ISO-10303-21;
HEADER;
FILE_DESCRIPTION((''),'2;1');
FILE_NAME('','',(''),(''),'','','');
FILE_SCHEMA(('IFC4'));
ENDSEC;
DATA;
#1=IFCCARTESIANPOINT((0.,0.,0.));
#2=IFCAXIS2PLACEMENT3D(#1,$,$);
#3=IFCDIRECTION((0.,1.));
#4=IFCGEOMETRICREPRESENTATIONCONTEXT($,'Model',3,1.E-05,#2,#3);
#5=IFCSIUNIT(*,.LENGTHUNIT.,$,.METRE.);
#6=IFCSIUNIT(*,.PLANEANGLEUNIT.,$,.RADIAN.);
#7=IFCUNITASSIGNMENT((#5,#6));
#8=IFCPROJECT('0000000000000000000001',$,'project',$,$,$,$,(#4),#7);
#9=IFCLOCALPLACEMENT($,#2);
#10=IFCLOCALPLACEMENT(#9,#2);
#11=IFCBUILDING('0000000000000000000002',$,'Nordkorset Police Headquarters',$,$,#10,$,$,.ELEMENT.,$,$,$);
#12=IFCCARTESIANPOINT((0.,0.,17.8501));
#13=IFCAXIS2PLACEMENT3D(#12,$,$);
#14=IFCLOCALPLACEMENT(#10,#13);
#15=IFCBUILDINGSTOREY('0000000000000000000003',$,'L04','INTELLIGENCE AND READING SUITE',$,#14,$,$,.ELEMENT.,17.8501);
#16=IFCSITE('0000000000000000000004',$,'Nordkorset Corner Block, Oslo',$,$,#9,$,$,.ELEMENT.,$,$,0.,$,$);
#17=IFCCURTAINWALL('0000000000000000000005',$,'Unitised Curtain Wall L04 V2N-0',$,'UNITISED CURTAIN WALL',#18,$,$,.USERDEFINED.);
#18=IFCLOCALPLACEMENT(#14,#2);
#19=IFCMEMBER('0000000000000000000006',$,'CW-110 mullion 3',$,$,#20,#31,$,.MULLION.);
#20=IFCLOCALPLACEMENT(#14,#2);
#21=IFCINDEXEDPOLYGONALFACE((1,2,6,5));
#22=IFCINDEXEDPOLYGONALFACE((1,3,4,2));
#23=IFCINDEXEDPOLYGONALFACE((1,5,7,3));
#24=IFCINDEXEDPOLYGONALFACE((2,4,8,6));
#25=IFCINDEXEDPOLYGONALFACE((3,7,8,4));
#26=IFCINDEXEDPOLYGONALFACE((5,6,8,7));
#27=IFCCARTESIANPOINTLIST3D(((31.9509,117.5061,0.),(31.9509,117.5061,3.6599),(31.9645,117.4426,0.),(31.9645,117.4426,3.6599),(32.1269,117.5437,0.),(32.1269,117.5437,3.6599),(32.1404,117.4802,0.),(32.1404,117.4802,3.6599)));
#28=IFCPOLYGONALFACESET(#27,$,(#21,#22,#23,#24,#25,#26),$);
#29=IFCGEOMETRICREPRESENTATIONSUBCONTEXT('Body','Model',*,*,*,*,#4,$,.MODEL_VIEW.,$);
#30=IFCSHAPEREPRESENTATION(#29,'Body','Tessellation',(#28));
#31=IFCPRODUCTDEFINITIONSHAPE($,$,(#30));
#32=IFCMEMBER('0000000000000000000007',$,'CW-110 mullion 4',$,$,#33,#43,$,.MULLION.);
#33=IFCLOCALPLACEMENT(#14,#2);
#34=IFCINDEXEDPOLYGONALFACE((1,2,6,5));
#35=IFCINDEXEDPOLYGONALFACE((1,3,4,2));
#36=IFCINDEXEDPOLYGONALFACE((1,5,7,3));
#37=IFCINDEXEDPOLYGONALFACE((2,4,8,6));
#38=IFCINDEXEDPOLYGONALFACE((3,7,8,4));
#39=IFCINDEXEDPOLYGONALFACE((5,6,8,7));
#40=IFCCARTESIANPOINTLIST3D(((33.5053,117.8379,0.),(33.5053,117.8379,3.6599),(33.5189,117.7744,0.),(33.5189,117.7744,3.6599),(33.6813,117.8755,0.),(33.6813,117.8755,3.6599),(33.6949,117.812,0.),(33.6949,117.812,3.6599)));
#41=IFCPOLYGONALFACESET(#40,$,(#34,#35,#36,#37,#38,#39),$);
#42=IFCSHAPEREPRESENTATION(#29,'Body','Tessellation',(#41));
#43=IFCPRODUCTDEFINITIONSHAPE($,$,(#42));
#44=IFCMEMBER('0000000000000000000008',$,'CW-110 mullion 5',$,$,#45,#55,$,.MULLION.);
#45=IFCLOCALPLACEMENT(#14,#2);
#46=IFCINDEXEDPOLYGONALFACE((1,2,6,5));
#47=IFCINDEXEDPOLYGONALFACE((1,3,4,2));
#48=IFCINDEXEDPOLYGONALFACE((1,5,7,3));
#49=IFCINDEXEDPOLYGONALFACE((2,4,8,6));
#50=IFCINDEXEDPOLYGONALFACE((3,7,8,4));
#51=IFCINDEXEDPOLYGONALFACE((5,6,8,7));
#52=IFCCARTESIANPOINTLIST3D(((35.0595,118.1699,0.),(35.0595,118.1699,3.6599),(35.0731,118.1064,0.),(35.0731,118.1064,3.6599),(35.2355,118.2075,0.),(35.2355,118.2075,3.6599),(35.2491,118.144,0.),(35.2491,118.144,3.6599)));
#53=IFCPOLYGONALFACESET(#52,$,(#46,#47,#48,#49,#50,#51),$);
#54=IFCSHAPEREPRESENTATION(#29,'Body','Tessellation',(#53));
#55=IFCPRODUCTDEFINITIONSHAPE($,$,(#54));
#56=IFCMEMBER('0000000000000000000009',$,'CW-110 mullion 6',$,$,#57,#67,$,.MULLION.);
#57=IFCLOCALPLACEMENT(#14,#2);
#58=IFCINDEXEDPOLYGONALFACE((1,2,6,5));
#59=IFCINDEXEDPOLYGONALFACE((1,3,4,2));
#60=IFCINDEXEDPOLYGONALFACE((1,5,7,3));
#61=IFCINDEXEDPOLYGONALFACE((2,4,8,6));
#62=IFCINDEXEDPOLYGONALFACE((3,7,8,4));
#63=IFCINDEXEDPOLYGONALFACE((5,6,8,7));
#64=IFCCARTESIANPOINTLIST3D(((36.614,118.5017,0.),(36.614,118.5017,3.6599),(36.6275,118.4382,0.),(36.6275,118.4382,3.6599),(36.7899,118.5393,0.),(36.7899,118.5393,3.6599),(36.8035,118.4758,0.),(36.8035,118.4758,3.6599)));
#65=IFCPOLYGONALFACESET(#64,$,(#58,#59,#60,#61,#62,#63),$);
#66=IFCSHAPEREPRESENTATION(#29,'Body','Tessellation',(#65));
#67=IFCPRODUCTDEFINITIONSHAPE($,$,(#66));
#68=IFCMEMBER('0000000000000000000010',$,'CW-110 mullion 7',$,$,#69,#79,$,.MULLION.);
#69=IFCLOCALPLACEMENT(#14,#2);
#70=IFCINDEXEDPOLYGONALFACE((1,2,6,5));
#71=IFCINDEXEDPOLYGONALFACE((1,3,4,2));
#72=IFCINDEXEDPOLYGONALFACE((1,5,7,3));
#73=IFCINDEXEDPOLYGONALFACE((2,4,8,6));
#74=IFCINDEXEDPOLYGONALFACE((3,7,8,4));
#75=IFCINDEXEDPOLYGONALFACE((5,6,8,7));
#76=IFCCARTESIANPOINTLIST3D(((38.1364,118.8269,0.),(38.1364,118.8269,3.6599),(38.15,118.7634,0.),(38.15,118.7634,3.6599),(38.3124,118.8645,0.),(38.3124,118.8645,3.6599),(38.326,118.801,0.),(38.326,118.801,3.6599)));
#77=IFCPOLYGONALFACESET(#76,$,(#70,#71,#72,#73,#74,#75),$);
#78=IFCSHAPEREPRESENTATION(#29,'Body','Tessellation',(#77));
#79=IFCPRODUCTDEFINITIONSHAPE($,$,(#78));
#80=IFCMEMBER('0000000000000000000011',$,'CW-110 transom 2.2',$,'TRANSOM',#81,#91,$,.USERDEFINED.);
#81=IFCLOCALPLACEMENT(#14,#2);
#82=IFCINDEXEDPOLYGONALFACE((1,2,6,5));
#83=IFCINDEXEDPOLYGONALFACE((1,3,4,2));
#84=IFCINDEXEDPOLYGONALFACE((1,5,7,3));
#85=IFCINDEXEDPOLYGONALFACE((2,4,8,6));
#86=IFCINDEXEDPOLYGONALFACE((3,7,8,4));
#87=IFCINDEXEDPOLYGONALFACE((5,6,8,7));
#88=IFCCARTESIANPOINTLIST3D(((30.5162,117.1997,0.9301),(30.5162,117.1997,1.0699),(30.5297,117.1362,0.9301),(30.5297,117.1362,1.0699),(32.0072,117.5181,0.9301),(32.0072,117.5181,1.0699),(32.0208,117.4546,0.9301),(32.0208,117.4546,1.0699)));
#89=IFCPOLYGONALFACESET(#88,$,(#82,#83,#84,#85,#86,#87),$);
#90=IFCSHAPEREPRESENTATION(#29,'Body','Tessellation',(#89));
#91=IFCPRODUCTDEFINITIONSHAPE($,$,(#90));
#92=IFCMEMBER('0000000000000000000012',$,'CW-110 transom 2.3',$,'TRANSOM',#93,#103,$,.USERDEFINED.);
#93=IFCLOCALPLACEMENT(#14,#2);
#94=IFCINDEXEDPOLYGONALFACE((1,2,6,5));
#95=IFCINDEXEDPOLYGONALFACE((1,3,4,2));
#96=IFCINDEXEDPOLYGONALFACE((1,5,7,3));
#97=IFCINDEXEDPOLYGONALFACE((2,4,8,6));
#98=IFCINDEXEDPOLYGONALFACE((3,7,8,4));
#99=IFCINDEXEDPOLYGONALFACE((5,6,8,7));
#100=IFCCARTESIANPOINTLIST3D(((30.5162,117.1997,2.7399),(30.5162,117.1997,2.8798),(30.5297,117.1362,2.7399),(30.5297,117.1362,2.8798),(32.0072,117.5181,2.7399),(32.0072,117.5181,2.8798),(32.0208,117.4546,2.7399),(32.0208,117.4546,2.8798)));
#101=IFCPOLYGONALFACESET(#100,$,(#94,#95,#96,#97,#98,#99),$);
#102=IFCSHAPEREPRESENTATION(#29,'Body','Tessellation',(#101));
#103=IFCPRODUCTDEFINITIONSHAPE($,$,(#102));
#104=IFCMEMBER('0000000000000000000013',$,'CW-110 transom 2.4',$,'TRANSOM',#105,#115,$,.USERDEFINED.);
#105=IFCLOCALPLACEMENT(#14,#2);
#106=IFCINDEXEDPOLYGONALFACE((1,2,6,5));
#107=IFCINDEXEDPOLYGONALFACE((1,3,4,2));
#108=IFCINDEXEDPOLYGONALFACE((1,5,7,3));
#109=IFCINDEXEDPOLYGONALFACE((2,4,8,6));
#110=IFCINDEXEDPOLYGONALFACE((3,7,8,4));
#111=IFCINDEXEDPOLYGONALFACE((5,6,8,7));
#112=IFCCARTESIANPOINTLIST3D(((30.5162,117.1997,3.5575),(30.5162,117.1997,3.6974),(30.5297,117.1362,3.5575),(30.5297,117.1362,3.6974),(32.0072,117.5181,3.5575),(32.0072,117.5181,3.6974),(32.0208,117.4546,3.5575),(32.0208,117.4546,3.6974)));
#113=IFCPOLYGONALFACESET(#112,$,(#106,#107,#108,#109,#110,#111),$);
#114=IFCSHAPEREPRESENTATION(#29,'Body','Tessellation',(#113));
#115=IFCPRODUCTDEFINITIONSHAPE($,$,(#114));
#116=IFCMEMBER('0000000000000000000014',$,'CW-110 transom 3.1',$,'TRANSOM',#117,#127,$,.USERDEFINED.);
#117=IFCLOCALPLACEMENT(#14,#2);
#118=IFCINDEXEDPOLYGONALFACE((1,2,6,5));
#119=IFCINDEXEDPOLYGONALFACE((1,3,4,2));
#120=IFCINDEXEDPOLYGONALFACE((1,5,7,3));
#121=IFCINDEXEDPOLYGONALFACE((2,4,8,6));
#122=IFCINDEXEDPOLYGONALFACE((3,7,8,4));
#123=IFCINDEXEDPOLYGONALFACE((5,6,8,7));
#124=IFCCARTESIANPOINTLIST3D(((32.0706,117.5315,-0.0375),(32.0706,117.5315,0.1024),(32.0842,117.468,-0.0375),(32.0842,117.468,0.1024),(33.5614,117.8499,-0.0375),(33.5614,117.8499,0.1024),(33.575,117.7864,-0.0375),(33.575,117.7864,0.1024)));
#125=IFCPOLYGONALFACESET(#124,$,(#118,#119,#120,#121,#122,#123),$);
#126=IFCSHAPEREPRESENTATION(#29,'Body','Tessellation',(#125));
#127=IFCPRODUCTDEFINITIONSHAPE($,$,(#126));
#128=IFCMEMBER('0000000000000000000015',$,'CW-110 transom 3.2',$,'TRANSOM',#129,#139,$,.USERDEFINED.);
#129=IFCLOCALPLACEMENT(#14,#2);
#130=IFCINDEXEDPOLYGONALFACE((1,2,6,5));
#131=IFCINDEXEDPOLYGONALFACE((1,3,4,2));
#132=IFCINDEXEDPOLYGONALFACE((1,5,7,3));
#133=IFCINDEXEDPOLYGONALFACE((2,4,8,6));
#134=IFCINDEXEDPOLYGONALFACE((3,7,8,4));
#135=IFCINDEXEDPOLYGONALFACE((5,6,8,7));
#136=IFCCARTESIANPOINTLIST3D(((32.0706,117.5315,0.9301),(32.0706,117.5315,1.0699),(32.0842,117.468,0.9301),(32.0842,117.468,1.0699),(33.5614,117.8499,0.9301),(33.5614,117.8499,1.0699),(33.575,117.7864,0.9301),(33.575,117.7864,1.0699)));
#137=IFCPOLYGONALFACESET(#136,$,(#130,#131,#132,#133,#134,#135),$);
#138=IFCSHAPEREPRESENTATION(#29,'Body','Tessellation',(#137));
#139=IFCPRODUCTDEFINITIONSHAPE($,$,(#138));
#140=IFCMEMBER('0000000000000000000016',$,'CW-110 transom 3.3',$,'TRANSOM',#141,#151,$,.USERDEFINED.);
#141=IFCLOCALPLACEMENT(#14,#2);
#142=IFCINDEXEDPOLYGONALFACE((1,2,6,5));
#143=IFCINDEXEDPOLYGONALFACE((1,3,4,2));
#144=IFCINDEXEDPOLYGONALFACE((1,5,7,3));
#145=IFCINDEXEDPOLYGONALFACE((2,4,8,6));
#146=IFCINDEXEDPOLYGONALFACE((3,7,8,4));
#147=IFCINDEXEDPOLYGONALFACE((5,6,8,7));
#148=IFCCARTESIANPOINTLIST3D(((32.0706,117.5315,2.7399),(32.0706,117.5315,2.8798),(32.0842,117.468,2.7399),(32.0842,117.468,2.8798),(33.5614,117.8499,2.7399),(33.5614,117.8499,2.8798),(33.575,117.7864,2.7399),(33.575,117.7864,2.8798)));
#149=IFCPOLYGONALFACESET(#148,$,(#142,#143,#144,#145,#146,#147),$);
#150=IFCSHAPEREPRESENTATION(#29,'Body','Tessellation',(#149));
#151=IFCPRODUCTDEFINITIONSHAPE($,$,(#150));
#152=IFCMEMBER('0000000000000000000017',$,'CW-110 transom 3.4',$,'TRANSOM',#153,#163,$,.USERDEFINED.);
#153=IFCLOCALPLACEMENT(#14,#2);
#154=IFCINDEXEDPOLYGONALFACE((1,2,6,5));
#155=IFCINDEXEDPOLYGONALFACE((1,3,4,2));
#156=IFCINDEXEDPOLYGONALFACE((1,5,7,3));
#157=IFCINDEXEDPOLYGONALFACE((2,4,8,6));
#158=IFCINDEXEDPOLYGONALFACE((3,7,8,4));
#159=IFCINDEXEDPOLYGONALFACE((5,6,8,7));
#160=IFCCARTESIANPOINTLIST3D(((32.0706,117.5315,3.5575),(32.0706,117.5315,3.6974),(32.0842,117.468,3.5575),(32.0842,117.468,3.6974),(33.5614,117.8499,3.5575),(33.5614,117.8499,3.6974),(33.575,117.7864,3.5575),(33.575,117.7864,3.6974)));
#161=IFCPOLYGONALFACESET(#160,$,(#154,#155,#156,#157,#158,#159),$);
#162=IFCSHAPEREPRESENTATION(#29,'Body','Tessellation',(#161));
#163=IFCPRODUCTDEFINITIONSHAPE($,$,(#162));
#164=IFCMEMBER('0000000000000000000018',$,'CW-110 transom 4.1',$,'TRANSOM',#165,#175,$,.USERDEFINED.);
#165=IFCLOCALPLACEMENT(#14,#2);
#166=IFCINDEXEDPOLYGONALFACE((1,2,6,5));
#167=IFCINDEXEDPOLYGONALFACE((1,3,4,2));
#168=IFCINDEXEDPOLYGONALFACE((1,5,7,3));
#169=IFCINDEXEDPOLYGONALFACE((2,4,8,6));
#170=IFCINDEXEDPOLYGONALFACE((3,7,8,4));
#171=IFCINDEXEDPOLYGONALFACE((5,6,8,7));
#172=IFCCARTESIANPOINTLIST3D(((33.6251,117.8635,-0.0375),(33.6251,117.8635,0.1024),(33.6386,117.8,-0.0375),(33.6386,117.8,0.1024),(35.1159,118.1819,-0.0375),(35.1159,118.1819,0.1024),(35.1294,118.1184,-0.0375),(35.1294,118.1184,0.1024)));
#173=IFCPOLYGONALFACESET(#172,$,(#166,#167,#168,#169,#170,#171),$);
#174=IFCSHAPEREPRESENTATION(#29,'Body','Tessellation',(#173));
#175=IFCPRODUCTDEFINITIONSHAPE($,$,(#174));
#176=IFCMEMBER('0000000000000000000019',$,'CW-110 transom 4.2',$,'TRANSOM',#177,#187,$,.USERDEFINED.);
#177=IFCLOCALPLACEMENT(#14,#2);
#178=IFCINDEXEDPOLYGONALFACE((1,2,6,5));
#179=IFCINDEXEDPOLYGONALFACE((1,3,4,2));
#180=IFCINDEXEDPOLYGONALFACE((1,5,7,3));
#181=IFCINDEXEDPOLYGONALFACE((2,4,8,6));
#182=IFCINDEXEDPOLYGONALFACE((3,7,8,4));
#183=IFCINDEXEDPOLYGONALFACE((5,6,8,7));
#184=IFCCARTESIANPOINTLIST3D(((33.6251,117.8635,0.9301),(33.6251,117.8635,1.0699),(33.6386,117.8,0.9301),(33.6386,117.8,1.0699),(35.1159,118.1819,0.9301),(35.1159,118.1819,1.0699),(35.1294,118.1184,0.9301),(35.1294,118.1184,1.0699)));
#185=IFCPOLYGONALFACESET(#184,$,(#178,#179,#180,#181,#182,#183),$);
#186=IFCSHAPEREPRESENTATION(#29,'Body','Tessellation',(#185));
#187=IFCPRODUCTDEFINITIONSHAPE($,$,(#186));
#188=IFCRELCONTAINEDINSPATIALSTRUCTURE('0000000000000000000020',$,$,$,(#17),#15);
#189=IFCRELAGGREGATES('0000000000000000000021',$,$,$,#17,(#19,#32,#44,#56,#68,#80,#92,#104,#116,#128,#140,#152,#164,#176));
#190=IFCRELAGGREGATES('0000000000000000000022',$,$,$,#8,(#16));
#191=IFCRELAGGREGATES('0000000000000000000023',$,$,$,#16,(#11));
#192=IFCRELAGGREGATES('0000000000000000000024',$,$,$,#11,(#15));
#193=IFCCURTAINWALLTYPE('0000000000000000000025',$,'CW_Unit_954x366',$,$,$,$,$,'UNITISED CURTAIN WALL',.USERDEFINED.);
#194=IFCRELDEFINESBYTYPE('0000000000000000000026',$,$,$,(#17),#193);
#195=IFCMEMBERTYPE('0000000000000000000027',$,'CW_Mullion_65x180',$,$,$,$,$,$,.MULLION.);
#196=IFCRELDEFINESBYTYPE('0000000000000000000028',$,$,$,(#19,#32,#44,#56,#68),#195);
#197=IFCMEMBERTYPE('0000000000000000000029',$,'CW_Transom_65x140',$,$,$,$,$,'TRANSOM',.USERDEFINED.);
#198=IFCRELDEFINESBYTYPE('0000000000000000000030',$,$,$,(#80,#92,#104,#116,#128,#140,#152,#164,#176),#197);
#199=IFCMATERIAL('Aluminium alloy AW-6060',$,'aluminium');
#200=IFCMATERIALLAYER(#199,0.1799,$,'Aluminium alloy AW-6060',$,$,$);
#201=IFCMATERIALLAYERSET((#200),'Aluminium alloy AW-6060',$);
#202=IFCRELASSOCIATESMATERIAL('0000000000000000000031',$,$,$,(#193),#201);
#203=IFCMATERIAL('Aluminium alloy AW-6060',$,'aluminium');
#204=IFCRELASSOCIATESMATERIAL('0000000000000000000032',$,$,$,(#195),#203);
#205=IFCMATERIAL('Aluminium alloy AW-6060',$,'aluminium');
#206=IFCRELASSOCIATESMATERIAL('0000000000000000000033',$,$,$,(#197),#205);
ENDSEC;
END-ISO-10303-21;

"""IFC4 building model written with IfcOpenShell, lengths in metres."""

from ifc_helpers import new_model, si_unit, direction, frame, origin, origin_2d, place, context, subcontext, project, spatial, rectangle, extrude, material, layer, layer_set, material_profile, profile_set, type_object, element, aggregate, save


model = new_model("IFC4")

# Units and contexts
model_context = context("Model", 3, precision=1e-05, world=origin(), true_north=direction((0.0, 1.0)))
body_context = subcontext(model_context, "Body", "Model", "MODEL_VIEW")
ifc_project = project(units=[si_unit("LENGTHUNIT", "METRE"), si_unit("PLANEANGLEUNIT", "RADIAN")], contexts=[model_context])

# Site, building, storey
site_placement = place(None, origin())
site = spatial("IfcSite", under=ifc_project, at=site_placement, Name="Nordkorset Corner Block, Oslo", CompositionType="ELEMENT", RefElevation=0.0)
building_placement = place(site_placement, origin())
building = spatial("IfcBuilding", under=site, at=building_placement, Name="Nordkorset Police Headquarters", CompositionType="ELEMENT")
storey_placement = place(building_placement, frame((0.0, 0.0, 17.8501)))
storey = spatial("IfcBuildingStorey", under=building, at=storey_placement, Name="L04", Description="INTELLIGENCE AND READING SUITE", CompositionType="ELEMENT", Elevation=17.8501)

# Curtain wall, members
ifc_material_1 = material(Name="Aluminium alloy AW-6060", Category="aluminium")
ifc_layer_1 = layer(ifc_material_1, 0.1799, Name="Aluminium alloy AW-6060")
ifc_layer_set_1 = layer_set([ifc_layer_1], Name="Aluminium alloy AW-6060")
curtain_wall_type = type_object("IfcCurtainWallType", Name="CW_Unit_954x366", ElementType="UNITISED CURTAIN WALL", PredefinedType="USERDEFINED", material=ifc_layer_set_1)
curtain_wall_placement = place(storey_placement, origin())
curtain_wall = element("IfcCurtainWall", 1, at=curtain_wall_placement, inside=storey, type_object=curtain_wall_type, Name="Unitised Curtain Wall L04 V2N-0", ObjectType="UNITISED CURTAIN WALL", PredefinedType="USERDEFINED")
ifc_material_2 = material(Name="Aluminium alloy AW-6060", Category="aluminium")
ifc_material_profile_1 = material_profile(ifc_material_2, rectangle(XDim=0.0649, YDim=0.1799, at=origin_2d()), Name="ALU MULL 65x180")
ifc_profile_set_1 = profile_set([ifc_material_profile_1], Name="Aluminium alloy AW-6060")
member_type_1 = type_object("IfcMemberType", Name="CW_Mullion_65x180", PredefinedType="MULLION", material=ifc_profile_set_1)
member_1_placement = place(storey_placement, frame((32.0457, 117.4932, 0.0), z_axis=(0.0, 0.0, 1.0), x_axis=(-0.208833, 0.977951, 0.0)))
member_1 = element("IfcMember", 2, at=member_1_placement, type_object=member_type_1, Name="CW-110 mullion 3", PredefinedType="MULLION", context=body_context, shape_type="SweptSolid", body=[
    extrude(rectangle(XDim=0.0649, YDim=0.1799, at=origin_2d()), origin(), (0.0, 0.0, 1.0), 3.6599),
])
member_2_placement = place(storey_placement, frame((33.6001, 117.825, 0.0), z_axis=(0.0, 0.0, 1.0), x_axis=(-0.208833, 0.977951, 0.0)))
member_2 = element("IfcMember", 3, at=member_2_placement, type_object=member_type_1, Name="CW-110 mullion 4", PredefinedType="MULLION", context=body_context, shape_type="SweptSolid", body=[
    extrude(rectangle(XDim=0.0649, YDim=0.1799, at=origin_2d()), origin(), (0.0, 0.0, 1.0), 3.6599),
])
member_3_placement = place(storey_placement, frame((35.1543, 118.157, 0.0), z_axis=(0.0, 0.0, 1.0), x_axis=(-0.208833, 0.977951, 0.0)))
member_3 = element("IfcMember", 4, at=member_3_placement, type_object=member_type_1, Name="CW-110 mullion 5", PredefinedType="MULLION", context=body_context, shape_type="SweptSolid", body=[
    extrude(rectangle(XDim=0.0649, YDim=0.1799, at=origin_2d()), origin(), (0.0, 0.0, 1.0), 3.6599),
])
member_4_placement = place(storey_placement, frame((36.7087, 118.4888, 0.0), z_axis=(0.0, 0.0, 1.0), x_axis=(-0.208833, 0.977951, 0.0)))
member_4 = element("IfcMember", 5, at=member_4_placement, type_object=member_type_1, Name="CW-110 mullion 6", PredefinedType="MULLION", context=body_context, shape_type="SweptSolid", body=[
    extrude(rectangle(XDim=0.0649, YDim=0.1799, at=origin_2d()), origin(), (0.0, 0.0, 1.0), 3.6599),
])
member_5_placement = place(storey_placement, frame((38.2312, 118.814, 0.0), z_axis=(0.0, 0.0, 1.0), x_axis=(-0.208833, 0.977951, 0.0)))
member_5 = element("IfcMember", 6, at=member_5_placement, type_object=member_type_1, Name="CW-110 mullion 7", PredefinedType="MULLION", context=body_context, shape_type="SweptSolid", body=[
    extrude(rectangle(XDim=0.0649, YDim=0.1799, at=origin_2d()), origin(), (0.0, 0.0, 1.0), 3.6599),
])
ifc_material_3 = material(Name="Aluminium alloy AW-6060", Category="aluminium")
ifc_material_profile_2 = material_profile(ifc_material_3, rectangle(XDim=0.0649, YDim=0.1399, at=origin_2d()), Name="ALU TRAN 65x140")
ifc_profile_set_2 = profile_set([ifc_material_profile_2], Name="Aluminium alloy AW-6060")
member_type_2 = type_object("IfcMemberType", Name="CW_Transom_65x140", ElementType="TRANSOM", PredefinedType="USERDEFINED", material=ifc_profile_set_2)
member_6_placement = place(storey_placement, frame((30.5229, 117.168, 1.0), z_axis=(0.977954, 0.208818, 0.0), x_axis=(-0.208818, 0.977954, 0.0)))
member_6 = element("IfcMember", 7, at=member_6_placement, type_object=member_type_2, Name="CW-110 transom 2.2", ObjectType="TRANSOM", PredefinedType="USERDEFINED", context=body_context, shape_type="SweptSolid", body=[
    extrude(rectangle(XDim=0.0649, YDim=0.1399, at=origin_2d()), origin(), (0.0, 0.0, 1.0), 1.5247),
])
member_7_placement = place(storey_placement, frame((30.5229, 117.168, 2.8098), z_axis=(0.977954, 0.208818, 0.0), x_axis=(-0.208818, 0.977954, 0.0)))
member_7 = element("IfcMember", 8, at=member_7_placement, type_object=member_type_2, Name="CW-110 transom 2.3", ObjectType="TRANSOM", PredefinedType="USERDEFINED", context=body_context, shape_type="SweptSolid", body=[
    extrude(rectangle(XDim=0.0649, YDim=0.1399, at=origin_2d()), origin(), (0.0, 0.0, 1.0), 1.5247),
])
member_8_placement = place(storey_placement, frame((30.5229, 117.168, 3.6274), z_axis=(0.977954, 0.208818, 0.0), x_axis=(-0.208818, 0.977954, 0.0)))
member_8 = element("IfcMember", 9, at=member_8_placement, type_object=member_type_2, Name="CW-110 transom 2.4", ObjectType="TRANSOM", PredefinedType="USERDEFINED", context=body_context, shape_type="SweptSolid", body=[
    extrude(rectangle(XDim=0.0649, YDim=0.1399, at=origin_2d()), origin(), (0.0, 0.0, 1.0), 1.5247),
])
member_9_placement = place(storey_placement, frame((32.0774, 117.4998, 0.0325), z_axis=(0.977947, 0.208851, 0.0), x_axis=(-0.208851, 0.977947, 0.0)))
member_9 = element("IfcMember", 10, at=member_9_placement, type_object=member_type_2, Name="CW-110 transom 3.1", ObjectType="TRANSOM", PredefinedType="USERDEFINED", context=body_context, shape_type="SweptSolid", body=[
    extrude(rectangle(XDim=0.0649, YDim=0.1399, at=origin_2d()), origin(), (0.0, 0.0, 1.0), 1.5244),
])
member_10_placement = place(storey_placement, frame((32.0774, 117.4998, 1.0), z_axis=(0.977947, 0.208851, 0.0), x_axis=(-0.208851, 0.977947, 0.0)))
member_10 = element("IfcMember", 11, at=member_10_placement, type_object=member_type_2, Name="CW-110 transom 3.2", ObjectType="TRANSOM", PredefinedType="USERDEFINED", context=body_context, shape_type="SweptSolid", body=[
    extrude(rectangle(XDim=0.0649, YDim=0.1399, at=origin_2d()), origin(), (0.0, 0.0, 1.0), 1.5244),
])
member_11_placement = place(storey_placement, frame((32.0774, 117.4998, 2.8098), z_axis=(0.977947, 0.208851, 0.0), x_axis=(-0.208851, 0.977947, 0.0)))
member_11 = element("IfcMember", 12, at=member_11_placement, type_object=member_type_2, Name="CW-110 transom 3.3", ObjectType="TRANSOM", PredefinedType="USERDEFINED", context=body_context, shape_type="SweptSolid", body=[
    extrude(rectangle(XDim=0.0649, YDim=0.1399, at=origin_2d()), origin(), (0.0, 0.0, 1.0), 1.5244),
])
member_12_placement = place(storey_placement, frame((32.0774, 117.4998, 3.6274), z_axis=(0.977947, 0.208851, 0.0), x_axis=(-0.208851, 0.977947, 0.0)))
member_12 = element("IfcMember", 13, at=member_12_placement, type_object=member_type_2, Name="CW-110 transom 3.4", ObjectType="TRANSOM", PredefinedType="USERDEFINED", context=body_context, shape_type="SweptSolid", body=[
    extrude(rectangle(XDim=0.0649, YDim=0.1399, at=origin_2d()), origin(), (0.0, 0.0, 1.0), 1.5244),
])
member_13_placement = place(storey_placement, frame((33.6318, 117.8318, 0.0325), z_axis=(0.977947, 0.208851, 0.0), x_axis=(-0.208851, 0.977947, 0.0)))
member_13 = element("IfcMember", 14, at=member_13_placement, type_object=member_type_2, Name="CW-110 transom 4.1", ObjectType="TRANSOM", PredefinedType="USERDEFINED", context=body_context, shape_type="SweptSolid", body=[
    extrude(rectangle(XDim=0.0649, YDim=0.1399, at=origin_2d()), origin(), (0.0, 0.0, 1.0), 1.5244),
])
member_14_placement = place(storey_placement, frame((33.6318, 117.8318, 1.0), z_axis=(0.977947, 0.208851, 0.0), x_axis=(-0.208851, 0.977947, 0.0)))
member_14 = element("IfcMember", 15, at=member_14_placement, type_object=member_type_2, Name="CW-110 transom 4.2", ObjectType="TRANSOM", PredefinedType="USERDEFINED", context=body_context, shape_type="SweptSolid", body=[
    extrude(rectangle(XDim=0.0649, YDim=0.1399, at=origin_2d()), origin(), (0.0, 0.0, 1.0), 1.5244),
])
aggregate(curtain_wall, [member_1, member_2, member_3, member_4, member_5, member_6, member_7, member_8, member_9, member_10, member_11, member_12, member_13, member_14])

save(model, "model.ifc")
